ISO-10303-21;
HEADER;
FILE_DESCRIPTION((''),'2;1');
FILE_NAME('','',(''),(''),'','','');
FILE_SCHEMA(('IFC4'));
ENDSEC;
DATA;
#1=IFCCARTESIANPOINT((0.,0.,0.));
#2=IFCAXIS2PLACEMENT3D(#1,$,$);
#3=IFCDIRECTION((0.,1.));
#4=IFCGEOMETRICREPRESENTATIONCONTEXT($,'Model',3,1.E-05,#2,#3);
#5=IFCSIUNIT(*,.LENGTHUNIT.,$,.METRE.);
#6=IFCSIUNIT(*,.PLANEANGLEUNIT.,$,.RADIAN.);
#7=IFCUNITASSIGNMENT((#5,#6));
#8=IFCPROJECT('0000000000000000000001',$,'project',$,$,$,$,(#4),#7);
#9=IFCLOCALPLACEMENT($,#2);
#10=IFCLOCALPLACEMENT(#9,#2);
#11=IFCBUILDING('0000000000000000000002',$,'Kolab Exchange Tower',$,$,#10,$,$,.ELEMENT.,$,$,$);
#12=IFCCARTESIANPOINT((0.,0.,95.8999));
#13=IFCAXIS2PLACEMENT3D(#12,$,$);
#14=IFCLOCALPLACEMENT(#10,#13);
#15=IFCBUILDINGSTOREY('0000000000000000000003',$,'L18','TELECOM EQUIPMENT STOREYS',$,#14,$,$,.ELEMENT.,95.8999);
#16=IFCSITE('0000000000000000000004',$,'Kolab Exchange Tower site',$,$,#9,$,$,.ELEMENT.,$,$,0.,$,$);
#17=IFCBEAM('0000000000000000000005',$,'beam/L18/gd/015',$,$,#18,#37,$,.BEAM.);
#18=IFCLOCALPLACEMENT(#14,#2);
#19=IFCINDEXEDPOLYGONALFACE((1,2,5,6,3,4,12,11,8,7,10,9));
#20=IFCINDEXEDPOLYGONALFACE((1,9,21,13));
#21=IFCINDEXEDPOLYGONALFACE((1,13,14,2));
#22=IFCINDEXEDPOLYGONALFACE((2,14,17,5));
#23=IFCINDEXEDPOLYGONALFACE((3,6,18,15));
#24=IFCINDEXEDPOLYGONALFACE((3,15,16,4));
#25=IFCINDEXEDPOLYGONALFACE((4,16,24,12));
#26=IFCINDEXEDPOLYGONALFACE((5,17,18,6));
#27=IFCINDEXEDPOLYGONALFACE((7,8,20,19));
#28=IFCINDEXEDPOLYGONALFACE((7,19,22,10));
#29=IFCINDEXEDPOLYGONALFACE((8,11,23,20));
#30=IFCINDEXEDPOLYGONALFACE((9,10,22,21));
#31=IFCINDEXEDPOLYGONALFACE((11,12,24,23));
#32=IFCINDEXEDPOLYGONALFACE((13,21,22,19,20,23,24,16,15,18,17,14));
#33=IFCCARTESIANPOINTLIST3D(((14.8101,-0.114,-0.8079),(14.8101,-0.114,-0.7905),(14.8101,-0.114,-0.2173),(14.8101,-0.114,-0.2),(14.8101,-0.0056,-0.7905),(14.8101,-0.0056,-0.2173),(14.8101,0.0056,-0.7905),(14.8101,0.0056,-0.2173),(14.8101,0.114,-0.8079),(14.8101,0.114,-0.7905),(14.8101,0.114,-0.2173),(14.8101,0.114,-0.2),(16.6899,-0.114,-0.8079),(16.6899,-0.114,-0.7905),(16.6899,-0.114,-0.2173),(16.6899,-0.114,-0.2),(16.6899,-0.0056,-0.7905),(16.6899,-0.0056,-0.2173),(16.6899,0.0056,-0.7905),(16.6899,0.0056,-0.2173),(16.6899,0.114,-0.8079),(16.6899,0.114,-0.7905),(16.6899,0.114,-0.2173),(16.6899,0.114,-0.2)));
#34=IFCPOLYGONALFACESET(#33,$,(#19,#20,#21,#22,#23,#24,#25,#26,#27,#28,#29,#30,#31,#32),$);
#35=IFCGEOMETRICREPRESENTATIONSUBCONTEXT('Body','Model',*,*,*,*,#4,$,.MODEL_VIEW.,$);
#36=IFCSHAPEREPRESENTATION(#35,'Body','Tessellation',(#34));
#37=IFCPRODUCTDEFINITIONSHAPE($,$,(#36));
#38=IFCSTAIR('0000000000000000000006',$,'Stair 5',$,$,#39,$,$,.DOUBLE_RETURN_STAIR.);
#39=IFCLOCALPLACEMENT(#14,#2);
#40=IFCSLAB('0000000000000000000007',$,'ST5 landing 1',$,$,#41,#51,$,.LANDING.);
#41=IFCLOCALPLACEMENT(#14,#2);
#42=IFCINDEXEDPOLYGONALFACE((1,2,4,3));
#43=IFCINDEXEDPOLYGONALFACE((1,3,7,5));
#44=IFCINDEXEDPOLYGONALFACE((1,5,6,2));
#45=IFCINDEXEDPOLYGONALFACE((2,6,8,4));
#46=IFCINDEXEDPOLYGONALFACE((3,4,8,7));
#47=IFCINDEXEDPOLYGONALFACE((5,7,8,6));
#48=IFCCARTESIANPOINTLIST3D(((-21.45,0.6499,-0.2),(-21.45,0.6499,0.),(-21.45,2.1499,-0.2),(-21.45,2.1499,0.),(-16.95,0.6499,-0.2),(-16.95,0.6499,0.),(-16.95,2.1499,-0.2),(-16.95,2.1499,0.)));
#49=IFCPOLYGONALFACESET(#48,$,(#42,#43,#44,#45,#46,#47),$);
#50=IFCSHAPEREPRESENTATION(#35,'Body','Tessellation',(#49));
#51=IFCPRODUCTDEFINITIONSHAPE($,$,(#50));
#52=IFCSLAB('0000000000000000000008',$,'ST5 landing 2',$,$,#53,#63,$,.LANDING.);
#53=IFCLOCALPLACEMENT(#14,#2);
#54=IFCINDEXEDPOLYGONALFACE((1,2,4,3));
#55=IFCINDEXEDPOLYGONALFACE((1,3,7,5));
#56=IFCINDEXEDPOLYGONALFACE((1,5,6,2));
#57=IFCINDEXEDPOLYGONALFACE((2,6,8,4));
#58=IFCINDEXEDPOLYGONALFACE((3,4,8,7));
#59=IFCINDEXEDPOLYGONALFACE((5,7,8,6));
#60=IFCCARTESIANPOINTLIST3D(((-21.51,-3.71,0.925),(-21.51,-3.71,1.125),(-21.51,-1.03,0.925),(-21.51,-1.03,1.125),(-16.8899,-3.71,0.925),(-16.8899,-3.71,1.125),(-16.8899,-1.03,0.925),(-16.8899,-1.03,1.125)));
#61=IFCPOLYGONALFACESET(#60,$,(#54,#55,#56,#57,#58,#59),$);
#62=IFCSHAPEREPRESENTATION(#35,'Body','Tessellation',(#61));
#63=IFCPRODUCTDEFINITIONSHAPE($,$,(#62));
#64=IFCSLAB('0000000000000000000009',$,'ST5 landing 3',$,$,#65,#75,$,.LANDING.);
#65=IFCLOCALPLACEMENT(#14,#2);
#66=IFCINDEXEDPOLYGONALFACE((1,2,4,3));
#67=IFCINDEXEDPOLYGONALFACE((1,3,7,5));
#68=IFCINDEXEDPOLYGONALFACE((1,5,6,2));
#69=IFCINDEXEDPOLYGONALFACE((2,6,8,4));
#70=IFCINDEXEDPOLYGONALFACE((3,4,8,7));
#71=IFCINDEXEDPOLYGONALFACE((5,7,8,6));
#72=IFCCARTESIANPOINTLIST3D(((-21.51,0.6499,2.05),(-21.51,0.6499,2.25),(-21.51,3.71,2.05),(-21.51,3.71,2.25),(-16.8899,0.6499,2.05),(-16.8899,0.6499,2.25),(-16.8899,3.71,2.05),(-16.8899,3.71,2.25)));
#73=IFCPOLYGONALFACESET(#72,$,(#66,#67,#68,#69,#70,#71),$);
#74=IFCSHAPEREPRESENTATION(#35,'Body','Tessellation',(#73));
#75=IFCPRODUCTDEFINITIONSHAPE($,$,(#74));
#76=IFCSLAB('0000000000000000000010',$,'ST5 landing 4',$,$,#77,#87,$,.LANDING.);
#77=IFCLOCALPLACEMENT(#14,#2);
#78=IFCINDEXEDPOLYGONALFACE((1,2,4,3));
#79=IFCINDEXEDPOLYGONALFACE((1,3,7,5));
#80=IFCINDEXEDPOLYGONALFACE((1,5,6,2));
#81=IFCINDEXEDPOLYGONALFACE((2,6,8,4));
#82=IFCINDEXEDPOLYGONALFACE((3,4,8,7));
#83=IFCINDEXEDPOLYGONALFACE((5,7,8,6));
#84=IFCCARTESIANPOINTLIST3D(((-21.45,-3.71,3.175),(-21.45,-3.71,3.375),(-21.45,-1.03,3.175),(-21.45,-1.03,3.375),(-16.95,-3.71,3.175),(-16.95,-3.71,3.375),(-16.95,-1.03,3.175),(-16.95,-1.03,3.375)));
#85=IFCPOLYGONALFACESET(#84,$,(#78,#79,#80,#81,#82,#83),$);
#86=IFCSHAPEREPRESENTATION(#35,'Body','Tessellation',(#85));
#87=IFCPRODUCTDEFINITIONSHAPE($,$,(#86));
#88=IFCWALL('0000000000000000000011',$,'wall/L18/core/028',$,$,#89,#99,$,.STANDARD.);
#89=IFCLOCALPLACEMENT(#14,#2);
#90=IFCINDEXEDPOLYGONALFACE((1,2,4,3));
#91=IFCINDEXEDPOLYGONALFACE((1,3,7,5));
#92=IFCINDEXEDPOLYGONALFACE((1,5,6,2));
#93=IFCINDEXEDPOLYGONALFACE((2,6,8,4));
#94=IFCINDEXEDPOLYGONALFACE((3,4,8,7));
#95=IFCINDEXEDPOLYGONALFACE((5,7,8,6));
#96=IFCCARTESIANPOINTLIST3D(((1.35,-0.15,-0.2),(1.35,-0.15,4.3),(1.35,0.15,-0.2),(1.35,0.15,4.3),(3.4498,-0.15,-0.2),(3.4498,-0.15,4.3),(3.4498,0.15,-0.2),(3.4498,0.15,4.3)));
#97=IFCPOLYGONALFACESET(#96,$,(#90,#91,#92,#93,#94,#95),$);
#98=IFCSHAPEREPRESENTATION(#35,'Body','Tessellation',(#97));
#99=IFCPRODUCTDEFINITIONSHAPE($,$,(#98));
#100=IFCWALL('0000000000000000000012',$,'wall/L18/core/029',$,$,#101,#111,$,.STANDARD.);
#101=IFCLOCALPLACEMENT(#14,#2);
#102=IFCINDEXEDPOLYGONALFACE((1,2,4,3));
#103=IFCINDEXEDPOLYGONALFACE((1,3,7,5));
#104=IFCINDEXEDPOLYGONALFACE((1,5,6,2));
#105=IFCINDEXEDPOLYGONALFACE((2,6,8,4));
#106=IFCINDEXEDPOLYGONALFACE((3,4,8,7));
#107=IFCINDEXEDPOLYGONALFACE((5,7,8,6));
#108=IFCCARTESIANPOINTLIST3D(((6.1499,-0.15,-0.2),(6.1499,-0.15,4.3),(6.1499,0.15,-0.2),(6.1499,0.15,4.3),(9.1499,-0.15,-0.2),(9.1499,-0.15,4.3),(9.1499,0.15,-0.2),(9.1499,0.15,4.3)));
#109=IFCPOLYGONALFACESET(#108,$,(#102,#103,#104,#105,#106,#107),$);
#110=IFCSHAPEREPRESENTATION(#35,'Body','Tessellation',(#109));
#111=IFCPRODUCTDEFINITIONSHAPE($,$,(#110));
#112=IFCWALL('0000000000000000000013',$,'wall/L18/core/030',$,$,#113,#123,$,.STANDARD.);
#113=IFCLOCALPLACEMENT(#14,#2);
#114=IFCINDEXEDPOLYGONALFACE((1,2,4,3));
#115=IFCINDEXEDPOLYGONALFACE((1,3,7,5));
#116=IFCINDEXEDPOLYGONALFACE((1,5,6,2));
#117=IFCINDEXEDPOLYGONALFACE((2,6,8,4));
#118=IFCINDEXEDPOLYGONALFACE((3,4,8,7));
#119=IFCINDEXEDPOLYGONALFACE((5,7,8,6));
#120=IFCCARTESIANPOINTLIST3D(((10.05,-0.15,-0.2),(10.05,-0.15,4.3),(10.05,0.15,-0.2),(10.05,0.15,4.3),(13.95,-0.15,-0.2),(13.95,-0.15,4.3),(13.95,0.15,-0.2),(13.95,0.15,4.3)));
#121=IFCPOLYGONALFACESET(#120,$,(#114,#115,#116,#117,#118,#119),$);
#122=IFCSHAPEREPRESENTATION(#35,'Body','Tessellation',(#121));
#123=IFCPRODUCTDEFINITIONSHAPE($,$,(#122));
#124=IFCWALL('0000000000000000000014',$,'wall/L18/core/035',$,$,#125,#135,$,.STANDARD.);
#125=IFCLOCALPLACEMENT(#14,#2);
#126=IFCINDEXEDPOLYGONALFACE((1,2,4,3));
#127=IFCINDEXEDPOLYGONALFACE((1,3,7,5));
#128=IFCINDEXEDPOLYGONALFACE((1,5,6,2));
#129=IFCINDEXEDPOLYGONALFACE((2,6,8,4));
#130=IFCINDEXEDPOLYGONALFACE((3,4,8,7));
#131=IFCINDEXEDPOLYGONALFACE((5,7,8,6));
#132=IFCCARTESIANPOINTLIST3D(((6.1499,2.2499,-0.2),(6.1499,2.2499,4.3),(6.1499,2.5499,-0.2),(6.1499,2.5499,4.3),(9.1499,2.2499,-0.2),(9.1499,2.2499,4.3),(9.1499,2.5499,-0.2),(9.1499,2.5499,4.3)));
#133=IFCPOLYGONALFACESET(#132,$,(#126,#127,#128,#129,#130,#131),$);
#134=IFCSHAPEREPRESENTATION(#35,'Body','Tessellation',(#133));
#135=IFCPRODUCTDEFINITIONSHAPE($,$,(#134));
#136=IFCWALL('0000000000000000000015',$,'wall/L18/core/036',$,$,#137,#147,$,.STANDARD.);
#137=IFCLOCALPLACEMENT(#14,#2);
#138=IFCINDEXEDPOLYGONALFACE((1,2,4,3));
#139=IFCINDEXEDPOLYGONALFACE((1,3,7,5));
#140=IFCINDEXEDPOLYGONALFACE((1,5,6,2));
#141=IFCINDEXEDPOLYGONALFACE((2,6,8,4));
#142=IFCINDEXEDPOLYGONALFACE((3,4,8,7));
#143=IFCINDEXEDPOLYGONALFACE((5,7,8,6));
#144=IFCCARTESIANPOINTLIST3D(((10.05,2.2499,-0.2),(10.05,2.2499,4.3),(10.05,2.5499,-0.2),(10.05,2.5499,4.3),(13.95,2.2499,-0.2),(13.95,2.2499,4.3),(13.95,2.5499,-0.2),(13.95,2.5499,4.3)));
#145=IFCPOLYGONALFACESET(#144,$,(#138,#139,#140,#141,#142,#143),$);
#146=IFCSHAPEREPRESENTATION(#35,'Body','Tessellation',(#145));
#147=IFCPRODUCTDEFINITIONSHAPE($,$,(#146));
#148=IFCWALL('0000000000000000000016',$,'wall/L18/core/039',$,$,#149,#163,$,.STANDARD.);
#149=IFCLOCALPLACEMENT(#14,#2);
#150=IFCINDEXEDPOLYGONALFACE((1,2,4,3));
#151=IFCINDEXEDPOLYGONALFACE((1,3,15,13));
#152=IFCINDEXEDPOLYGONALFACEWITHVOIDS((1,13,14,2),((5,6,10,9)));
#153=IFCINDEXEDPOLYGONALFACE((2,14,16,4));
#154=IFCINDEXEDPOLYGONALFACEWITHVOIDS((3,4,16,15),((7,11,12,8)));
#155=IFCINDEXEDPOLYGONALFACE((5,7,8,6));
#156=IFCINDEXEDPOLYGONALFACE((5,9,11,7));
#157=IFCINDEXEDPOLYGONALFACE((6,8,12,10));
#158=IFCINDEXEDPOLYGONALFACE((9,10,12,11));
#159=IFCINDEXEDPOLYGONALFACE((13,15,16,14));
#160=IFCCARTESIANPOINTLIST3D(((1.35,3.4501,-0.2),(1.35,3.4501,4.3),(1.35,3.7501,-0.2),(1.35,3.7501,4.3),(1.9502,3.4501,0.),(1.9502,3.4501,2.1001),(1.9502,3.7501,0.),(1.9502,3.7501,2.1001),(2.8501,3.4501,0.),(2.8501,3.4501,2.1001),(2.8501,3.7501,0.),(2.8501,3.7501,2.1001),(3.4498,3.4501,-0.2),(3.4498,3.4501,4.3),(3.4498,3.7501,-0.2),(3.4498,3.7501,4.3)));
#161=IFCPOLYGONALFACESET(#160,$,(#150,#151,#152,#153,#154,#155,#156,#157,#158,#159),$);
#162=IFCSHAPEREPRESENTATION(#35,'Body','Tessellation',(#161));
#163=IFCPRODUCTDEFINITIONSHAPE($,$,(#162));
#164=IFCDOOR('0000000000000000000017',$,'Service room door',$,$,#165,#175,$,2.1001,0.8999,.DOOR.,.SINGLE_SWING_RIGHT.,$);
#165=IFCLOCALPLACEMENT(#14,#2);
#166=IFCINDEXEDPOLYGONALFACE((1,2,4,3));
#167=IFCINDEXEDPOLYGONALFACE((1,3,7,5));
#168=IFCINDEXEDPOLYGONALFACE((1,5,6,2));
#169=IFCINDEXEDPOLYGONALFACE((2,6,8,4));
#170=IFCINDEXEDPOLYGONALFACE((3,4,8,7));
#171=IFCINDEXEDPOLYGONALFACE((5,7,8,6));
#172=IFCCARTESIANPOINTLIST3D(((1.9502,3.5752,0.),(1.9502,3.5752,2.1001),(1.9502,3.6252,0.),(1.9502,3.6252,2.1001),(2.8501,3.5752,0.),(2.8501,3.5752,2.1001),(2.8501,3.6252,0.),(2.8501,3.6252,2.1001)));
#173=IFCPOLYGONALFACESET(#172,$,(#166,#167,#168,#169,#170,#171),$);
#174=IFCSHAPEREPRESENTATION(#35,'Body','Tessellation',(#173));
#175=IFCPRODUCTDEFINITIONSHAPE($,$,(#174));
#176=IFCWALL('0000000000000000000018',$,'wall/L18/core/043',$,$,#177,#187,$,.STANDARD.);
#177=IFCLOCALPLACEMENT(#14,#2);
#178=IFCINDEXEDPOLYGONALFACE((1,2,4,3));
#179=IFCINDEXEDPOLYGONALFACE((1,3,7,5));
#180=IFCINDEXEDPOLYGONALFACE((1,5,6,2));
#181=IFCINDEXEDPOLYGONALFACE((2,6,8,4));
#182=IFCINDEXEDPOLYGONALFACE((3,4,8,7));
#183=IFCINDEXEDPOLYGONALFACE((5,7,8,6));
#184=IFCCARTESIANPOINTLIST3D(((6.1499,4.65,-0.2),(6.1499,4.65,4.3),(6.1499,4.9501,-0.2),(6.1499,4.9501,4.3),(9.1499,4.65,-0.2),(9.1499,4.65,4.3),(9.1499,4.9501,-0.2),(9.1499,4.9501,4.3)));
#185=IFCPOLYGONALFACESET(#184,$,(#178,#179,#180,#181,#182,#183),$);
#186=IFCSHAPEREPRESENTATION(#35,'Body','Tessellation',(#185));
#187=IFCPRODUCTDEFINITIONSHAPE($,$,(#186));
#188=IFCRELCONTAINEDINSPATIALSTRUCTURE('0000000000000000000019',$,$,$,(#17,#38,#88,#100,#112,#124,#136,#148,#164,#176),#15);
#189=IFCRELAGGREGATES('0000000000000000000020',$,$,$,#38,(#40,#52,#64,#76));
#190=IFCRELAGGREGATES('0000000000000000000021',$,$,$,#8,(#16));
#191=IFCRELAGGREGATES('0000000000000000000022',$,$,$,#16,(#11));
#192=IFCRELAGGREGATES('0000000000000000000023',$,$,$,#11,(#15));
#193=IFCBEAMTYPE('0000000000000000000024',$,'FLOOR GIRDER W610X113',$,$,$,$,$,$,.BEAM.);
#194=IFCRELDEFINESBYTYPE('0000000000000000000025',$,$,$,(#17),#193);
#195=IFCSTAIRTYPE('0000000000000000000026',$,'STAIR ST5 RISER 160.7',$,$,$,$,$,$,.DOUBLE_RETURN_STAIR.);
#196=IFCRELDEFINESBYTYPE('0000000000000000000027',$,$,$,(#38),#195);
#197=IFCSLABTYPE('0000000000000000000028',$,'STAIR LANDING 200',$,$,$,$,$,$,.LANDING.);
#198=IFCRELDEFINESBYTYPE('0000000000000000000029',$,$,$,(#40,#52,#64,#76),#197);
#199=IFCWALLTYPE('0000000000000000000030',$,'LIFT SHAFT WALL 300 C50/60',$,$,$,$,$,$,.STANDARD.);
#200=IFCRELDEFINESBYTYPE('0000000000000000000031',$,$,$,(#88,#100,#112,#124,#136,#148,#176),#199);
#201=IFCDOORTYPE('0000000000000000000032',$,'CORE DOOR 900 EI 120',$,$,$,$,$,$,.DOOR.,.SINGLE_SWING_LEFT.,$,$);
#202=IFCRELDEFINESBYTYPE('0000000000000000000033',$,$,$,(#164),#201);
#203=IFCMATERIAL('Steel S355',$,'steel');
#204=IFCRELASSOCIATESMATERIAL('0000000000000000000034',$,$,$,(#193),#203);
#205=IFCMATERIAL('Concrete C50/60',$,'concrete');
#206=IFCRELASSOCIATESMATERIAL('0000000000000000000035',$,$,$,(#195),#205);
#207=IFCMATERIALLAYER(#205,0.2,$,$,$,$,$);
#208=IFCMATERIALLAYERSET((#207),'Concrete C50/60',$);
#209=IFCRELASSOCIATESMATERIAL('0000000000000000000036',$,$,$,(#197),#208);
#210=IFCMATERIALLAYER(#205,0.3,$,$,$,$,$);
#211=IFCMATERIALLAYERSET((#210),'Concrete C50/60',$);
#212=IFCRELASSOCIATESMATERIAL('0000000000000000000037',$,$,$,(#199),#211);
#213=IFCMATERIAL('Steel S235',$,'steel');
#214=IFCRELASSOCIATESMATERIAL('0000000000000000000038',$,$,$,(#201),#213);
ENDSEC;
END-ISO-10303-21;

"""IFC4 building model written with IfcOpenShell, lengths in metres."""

from ifc_helpers import new_model, si_unit, direction, frame, frame_2d, origin, origin_2d, place, context, subcontext, project, spatial, polyline, rectangle, i_section, outline, extrude, material, layer, layer_set, material_profile, profile_set, type_object, element, fill, aggregate, save


model = new_model("IFC4")

# Units and contexts
model_context = context("Model", 3, precision=1e-05, world=origin(), true_north=direction((0.0, 1.0)))
body_context = subcontext(model_context, "Body", "Model", "MODEL_VIEW")
ifc_project = project(units=[si_unit("LENGTHUNIT", "METRE"), si_unit("PLANEANGLEUNIT", "RADIAN")], contexts=[model_context])

# Site, building, storey
site_placement = place(None, origin())
site = spatial("IfcSite", under=ifc_project, at=site_placement, Name="Kolab Exchange Tower site", CompositionType="ELEMENT", RefElevation=0.0)
building_placement = place(site_placement, origin())
building = spatial("IfcBuilding", under=site, at=building_placement, Name="Kolab Exchange Tower", CompositionType="ELEMENT")
storey_placement = place(building_placement, frame((0.0, 0.0, 95.8999)))
storey = spatial("IfcBuildingStorey", under=building, at=storey_placement, Name="L18", Description="TELECOM EQUIPMENT STOREYS", CompositionType="ELEMENT", Elevation=95.8999)

# Beam
ifc_material_1 = material(Name="Steel S355", Category="steel")
ifc_material_profile = material_profile(ifc_material_1, i_section(OverallWidth=0.228, OverallDepth=0.6079, WebThickness=0.0112, FlangeThickness=0.0173, at=origin_2d()), Name="W610X113")
ifc_profile_set = profile_set([ifc_material_profile], Name="Steel S355")
beam_type = type_object("IfcBeamType", Name="FLOOR GIRDER W610X113", PredefinedType="BEAM", material=ifc_profile_set)
beam_placement = place(storey_placement, frame((14.8101, 0.0, -0.5039), z_axis=(1.0, 0.0, 0.0), x_axis=(0.0, 1.0, 0.0)))
element("IfcBeam", 1, at=beam_placement, inside=storey, type_object=beam_type, Name="beam/L18/gd/015", PredefinedType="BEAM", context=body_context, shape_type="SweptSolid", body=[
    extrude(i_section(OverallWidth=0.228, OverallDepth=0.6079, WebThickness=0.0112, FlangeThickness=0.0173, at=origin_2d()), origin(), (0.0, 0.0, 1.0), 1.8799),
])

# Stair, slabs
ifc_material_2 = material(Name="Concrete C50/60", Category="concrete")
stair_type = type_object("IfcStairType", Name="STAIR ST5 RISER 160.7", PredefinedType="DOUBLE_RETURN_STAIR", material=ifc_material_2)
stair_placement = place(storey_placement, origin())
stair = element("IfcStair", 2, at=stair_placement, inside=storey, type_object=stair_type, Name="Stair 5", PredefinedType="DOUBLE_RETURN_STAIR")
ifc_layer_1 = layer(ifc_material_2, 0.2)
ifc_layer_set_1 = layer_set([ifc_layer_1], Name="Concrete C50/60")
slab_type = type_object("IfcSlabType", Name="STAIR LANDING 200", PredefinedType="LANDING", material=ifc_layer_set_1)
slab_1_placement = place(storey_placement, frame((0.0, 0.0, -0.2)))
slab_1 = element("IfcSlab", 3, at=slab_1_placement, type_object=slab_type, Name="ST5 landing 1", PredefinedType="LANDING", context=body_context, shape_type="SweptSolid", body=[
    extrude(outline(polyline([(-21.45, 0.6499), (-16.95, 0.6499), (-16.95, 2.1499), (-21.45, 2.1499), (-21.45, 0.6499)])), origin(), (0.0, 0.0, 1.0), 0.2),
])
slab_2_placement = place(storey_placement, frame((0.0, 0.0, 0.925)))
slab_2 = element("IfcSlab", 4, at=slab_2_placement, type_object=slab_type, Name="ST5 landing 2", PredefinedType="LANDING", context=body_context, shape_type="SweptSolid", body=[
    extrude(outline(polyline([(-21.51, -3.71), (-16.8899, -3.71), (-16.8899, -1.03), (-21.51, -1.03), (-21.51, -3.71)])), origin(), (0.0, 0.0, 1.0), 0.2),
])
slab_3_placement = place(storey_placement, frame((0.0, 0.0, 2.05)))
slab_3 = element("IfcSlab", 5, at=slab_3_placement, type_object=slab_type, Name="ST5 landing 3", PredefinedType="LANDING", context=body_context, shape_type="SweptSolid", body=[
    extrude(outline(polyline([(-21.51, 0.6499), (-16.8899, 0.6499), (-16.8899, 3.71), (-21.51, 3.71), (-21.51, 0.6499)])), origin(), (0.0, 0.0, 1.0), 0.2),
])
slab_4_placement = place(storey_placement, frame((0.0, 0.0, 3.175)))
slab_4 = element("IfcSlab", 6, at=slab_4_placement, type_object=slab_type, Name="ST5 landing 4", PredefinedType="LANDING", context=body_context, shape_type="SweptSolid", body=[
    extrude(outline(polyline([(-21.45, -3.71), (-16.95, -3.71), (-16.95, -1.03), (-21.45, -1.03), (-21.45, -3.71)])), origin(), (0.0, 0.0, 1.0), 0.2),
])
aggregate(stair, [slab_1, slab_2, slab_3, slab_4])

# Walls
ifc_layer_2 = layer(ifc_material_2, 0.3)
ifc_layer_set_2 = layer_set([ifc_layer_2], Name="Concrete C50/60")
wall_type_1 = type_object("IfcWallType", Name="LIFT SHAFT WALL 300 C50/60", PredefinedType="STANDARD", material=ifc_layer_set_2)
wall_1_placement = place(storey_placement, frame((1.3501, 0.0, -0.2), z_axis=(0.0, 0.0, 1.0), x_axis=(1.0, 0.0, 0.0)))
element("IfcWall", 7, at=wall_1_placement, inside=storey, type_object=wall_type_1, Name="wall/L18/core/028", PredefinedType="STANDARD", context=body_context, shape_type="SweptSolid", body=[
    extrude(rectangle(XDim=2.0999, YDim=0.3, at=frame_2d((1.0498, 0.0))), origin(), (0.0, 0.0, 1.0), 4.5),
])
wall_2_placement = place(storey_placement, frame((6.1499, 0.0, -0.2), z_axis=(0.0, 0.0, 1.0), x_axis=(1.0, 0.0, 0.0)))
element("IfcWall", 8, at=wall_2_placement, inside=storey, type_object=wall_type_1, Name="wall/L18/core/029", PredefinedType="STANDARD", context=body_context, shape_type="SweptSolid", body=[
    extrude(rectangle(XDim=3.0, YDim=0.3, at=frame_2d((1.5, 0.0))), origin(), (0.0, 0.0, 1.0), 4.5),
])
wall_3_placement = place(storey_placement, frame((10.05, 0.0, -0.2), z_axis=(0.0, 0.0, 1.0), x_axis=(1.0, 0.0, 0.0)))
element("IfcWall", 9, at=wall_3_placement, inside=storey, type_object=wall_type_1, Name="wall/L18/core/030", PredefinedType="STANDARD", context=body_context, shape_type="SweptSolid", body=[
    extrude(rectangle(XDim=3.8999, YDim=0.3, at=frame_2d((1.95, 0.0))), origin(), (0.0, 0.0, 1.0), 4.5),
])
wall_4_placement = place(storey_placement, frame((6.1499, 2.3999, -0.2), z_axis=(0.0, 0.0, 1.0), x_axis=(1.0, 0.0, 0.0)))
element("IfcWall", 10, at=wall_4_placement, inside=storey, type_object=wall_type_1, Name="wall/L18/core/035", PredefinedType="STANDARD", context=body_context, shape_type="SweptSolid", body=[
    extrude(rectangle(XDim=3.0, YDim=0.3, at=frame_2d((1.5, 0.0))), origin(), (0.0, 0.0, 1.0), 4.5),
])
wall_5_placement = place(storey_placement, frame((10.05, 2.3999, -0.2), z_axis=(0.0, 0.0, 1.0), x_axis=(1.0, 0.0, 0.0)))
element("IfcWall", 11, at=wall_5_placement, inside=storey, type_object=wall_type_1, Name="wall/L18/core/036", PredefinedType="STANDARD", context=body_context, shape_type="SweptSolid", body=[
    extrude(rectangle(XDim=3.8999, YDim=0.3, at=frame_2d((1.95, 0.0))), origin(), (0.0, 0.0, 1.0), 4.5),
])

# Wall, opening, door
wall_6_placement = place(storey_placement, frame((1.3501, 3.6001, -0.2), z_axis=(0.0, 0.0, 1.0), x_axis=(1.0, 0.0, 0.0)))
wall_6 = element("IfcWall", 12, at=wall_6_placement, inside=storey, type_object=wall_type_1, Name="wall/L18/core/039", PredefinedType="STANDARD", context=body_context, shape_type="SweptSolid", body=[
    extrude(rectangle(XDim=2.0999, YDim=0.3, at=frame_2d((1.0498, 0.0))), origin(), (0.0, 0.0, 1.0), 4.5),
])
opening_1_placement = place(wall_6_placement, frame((0.6001, 0.0, 0.2)))
opening_1 = element("IfcOpeningElement", 13, at=opening_1_placement, cuts=wall_6, PredefinedType="OPENING", context=body_context, shape_type="SweptSolid", body=[
    extrude(rectangle(XDim=0.8999, YDim=2.1001, at=frame_2d((0.45, 1.05))), frame((0.0, 0.1602, 0.0), z_axis=(0.0, -1.0, 0.0), x_axis=(1.0, 0.0, 0.0)), (0.0, 0.0, 1.0), 0.3201),
])
ifc_material_3 = material(Name="Steel S235", Category="steel")
door_type_1 = type_object("IfcDoorType", Name="CORE DOOR 900 EI 120", OperationType="SINGLE_SWING_LEFT", PredefinedType="DOOR", material=ifc_material_3)
door_1_placement = place(opening_1_placement, frame((0.8999, 0.0, 0.0), z_axis=(0.0, 0.0, 1.0), x_axis=(-1.0, 0.0, 0.0)))
door_1 = element("IfcDoor", 14, at=door_1_placement, inside=storey, type_object=door_type_1, Name="Service room door", OperationType="SINGLE_SWING_RIGHT", OverallHeight=2.1001, OverallWidth=0.8999, PredefinedType="DOOR", context=body_context, shape_type="SweptSolid", body=[
    extrude(rectangle(XDim=0.8999, YDim=2.1001, at=frame_2d((0.45, 1.05))), frame((0.0, 0.0249, 0.0), z_axis=(0.0, -1.0, 0.0), x_axis=(1.0, 0.0, 0.0)), (0.0, 0.0, 1.0), 0.05),
])
fill(opening_1, door_1)

# Wall
wall_7_placement = place(storey_placement, frame((6.1499, 4.8, -0.2), z_axis=(0.0, 0.0, 1.0), x_axis=(1.0, 0.0, 0.0)))
element("IfcWall", 15, at=wall_7_placement, inside=storey, type_object=wall_type_1, Name="wall/L18/core/043", PredefinedType="STANDARD", context=body_context, shape_type="SweptSolid", body=[
    extrude(rectangle(XDim=3.0, YDim=0.3, at=frame_2d((1.5, 0.0))), origin(), (0.0, 0.0, 1.0), 4.5),
])

save(model, "model.ifc")
